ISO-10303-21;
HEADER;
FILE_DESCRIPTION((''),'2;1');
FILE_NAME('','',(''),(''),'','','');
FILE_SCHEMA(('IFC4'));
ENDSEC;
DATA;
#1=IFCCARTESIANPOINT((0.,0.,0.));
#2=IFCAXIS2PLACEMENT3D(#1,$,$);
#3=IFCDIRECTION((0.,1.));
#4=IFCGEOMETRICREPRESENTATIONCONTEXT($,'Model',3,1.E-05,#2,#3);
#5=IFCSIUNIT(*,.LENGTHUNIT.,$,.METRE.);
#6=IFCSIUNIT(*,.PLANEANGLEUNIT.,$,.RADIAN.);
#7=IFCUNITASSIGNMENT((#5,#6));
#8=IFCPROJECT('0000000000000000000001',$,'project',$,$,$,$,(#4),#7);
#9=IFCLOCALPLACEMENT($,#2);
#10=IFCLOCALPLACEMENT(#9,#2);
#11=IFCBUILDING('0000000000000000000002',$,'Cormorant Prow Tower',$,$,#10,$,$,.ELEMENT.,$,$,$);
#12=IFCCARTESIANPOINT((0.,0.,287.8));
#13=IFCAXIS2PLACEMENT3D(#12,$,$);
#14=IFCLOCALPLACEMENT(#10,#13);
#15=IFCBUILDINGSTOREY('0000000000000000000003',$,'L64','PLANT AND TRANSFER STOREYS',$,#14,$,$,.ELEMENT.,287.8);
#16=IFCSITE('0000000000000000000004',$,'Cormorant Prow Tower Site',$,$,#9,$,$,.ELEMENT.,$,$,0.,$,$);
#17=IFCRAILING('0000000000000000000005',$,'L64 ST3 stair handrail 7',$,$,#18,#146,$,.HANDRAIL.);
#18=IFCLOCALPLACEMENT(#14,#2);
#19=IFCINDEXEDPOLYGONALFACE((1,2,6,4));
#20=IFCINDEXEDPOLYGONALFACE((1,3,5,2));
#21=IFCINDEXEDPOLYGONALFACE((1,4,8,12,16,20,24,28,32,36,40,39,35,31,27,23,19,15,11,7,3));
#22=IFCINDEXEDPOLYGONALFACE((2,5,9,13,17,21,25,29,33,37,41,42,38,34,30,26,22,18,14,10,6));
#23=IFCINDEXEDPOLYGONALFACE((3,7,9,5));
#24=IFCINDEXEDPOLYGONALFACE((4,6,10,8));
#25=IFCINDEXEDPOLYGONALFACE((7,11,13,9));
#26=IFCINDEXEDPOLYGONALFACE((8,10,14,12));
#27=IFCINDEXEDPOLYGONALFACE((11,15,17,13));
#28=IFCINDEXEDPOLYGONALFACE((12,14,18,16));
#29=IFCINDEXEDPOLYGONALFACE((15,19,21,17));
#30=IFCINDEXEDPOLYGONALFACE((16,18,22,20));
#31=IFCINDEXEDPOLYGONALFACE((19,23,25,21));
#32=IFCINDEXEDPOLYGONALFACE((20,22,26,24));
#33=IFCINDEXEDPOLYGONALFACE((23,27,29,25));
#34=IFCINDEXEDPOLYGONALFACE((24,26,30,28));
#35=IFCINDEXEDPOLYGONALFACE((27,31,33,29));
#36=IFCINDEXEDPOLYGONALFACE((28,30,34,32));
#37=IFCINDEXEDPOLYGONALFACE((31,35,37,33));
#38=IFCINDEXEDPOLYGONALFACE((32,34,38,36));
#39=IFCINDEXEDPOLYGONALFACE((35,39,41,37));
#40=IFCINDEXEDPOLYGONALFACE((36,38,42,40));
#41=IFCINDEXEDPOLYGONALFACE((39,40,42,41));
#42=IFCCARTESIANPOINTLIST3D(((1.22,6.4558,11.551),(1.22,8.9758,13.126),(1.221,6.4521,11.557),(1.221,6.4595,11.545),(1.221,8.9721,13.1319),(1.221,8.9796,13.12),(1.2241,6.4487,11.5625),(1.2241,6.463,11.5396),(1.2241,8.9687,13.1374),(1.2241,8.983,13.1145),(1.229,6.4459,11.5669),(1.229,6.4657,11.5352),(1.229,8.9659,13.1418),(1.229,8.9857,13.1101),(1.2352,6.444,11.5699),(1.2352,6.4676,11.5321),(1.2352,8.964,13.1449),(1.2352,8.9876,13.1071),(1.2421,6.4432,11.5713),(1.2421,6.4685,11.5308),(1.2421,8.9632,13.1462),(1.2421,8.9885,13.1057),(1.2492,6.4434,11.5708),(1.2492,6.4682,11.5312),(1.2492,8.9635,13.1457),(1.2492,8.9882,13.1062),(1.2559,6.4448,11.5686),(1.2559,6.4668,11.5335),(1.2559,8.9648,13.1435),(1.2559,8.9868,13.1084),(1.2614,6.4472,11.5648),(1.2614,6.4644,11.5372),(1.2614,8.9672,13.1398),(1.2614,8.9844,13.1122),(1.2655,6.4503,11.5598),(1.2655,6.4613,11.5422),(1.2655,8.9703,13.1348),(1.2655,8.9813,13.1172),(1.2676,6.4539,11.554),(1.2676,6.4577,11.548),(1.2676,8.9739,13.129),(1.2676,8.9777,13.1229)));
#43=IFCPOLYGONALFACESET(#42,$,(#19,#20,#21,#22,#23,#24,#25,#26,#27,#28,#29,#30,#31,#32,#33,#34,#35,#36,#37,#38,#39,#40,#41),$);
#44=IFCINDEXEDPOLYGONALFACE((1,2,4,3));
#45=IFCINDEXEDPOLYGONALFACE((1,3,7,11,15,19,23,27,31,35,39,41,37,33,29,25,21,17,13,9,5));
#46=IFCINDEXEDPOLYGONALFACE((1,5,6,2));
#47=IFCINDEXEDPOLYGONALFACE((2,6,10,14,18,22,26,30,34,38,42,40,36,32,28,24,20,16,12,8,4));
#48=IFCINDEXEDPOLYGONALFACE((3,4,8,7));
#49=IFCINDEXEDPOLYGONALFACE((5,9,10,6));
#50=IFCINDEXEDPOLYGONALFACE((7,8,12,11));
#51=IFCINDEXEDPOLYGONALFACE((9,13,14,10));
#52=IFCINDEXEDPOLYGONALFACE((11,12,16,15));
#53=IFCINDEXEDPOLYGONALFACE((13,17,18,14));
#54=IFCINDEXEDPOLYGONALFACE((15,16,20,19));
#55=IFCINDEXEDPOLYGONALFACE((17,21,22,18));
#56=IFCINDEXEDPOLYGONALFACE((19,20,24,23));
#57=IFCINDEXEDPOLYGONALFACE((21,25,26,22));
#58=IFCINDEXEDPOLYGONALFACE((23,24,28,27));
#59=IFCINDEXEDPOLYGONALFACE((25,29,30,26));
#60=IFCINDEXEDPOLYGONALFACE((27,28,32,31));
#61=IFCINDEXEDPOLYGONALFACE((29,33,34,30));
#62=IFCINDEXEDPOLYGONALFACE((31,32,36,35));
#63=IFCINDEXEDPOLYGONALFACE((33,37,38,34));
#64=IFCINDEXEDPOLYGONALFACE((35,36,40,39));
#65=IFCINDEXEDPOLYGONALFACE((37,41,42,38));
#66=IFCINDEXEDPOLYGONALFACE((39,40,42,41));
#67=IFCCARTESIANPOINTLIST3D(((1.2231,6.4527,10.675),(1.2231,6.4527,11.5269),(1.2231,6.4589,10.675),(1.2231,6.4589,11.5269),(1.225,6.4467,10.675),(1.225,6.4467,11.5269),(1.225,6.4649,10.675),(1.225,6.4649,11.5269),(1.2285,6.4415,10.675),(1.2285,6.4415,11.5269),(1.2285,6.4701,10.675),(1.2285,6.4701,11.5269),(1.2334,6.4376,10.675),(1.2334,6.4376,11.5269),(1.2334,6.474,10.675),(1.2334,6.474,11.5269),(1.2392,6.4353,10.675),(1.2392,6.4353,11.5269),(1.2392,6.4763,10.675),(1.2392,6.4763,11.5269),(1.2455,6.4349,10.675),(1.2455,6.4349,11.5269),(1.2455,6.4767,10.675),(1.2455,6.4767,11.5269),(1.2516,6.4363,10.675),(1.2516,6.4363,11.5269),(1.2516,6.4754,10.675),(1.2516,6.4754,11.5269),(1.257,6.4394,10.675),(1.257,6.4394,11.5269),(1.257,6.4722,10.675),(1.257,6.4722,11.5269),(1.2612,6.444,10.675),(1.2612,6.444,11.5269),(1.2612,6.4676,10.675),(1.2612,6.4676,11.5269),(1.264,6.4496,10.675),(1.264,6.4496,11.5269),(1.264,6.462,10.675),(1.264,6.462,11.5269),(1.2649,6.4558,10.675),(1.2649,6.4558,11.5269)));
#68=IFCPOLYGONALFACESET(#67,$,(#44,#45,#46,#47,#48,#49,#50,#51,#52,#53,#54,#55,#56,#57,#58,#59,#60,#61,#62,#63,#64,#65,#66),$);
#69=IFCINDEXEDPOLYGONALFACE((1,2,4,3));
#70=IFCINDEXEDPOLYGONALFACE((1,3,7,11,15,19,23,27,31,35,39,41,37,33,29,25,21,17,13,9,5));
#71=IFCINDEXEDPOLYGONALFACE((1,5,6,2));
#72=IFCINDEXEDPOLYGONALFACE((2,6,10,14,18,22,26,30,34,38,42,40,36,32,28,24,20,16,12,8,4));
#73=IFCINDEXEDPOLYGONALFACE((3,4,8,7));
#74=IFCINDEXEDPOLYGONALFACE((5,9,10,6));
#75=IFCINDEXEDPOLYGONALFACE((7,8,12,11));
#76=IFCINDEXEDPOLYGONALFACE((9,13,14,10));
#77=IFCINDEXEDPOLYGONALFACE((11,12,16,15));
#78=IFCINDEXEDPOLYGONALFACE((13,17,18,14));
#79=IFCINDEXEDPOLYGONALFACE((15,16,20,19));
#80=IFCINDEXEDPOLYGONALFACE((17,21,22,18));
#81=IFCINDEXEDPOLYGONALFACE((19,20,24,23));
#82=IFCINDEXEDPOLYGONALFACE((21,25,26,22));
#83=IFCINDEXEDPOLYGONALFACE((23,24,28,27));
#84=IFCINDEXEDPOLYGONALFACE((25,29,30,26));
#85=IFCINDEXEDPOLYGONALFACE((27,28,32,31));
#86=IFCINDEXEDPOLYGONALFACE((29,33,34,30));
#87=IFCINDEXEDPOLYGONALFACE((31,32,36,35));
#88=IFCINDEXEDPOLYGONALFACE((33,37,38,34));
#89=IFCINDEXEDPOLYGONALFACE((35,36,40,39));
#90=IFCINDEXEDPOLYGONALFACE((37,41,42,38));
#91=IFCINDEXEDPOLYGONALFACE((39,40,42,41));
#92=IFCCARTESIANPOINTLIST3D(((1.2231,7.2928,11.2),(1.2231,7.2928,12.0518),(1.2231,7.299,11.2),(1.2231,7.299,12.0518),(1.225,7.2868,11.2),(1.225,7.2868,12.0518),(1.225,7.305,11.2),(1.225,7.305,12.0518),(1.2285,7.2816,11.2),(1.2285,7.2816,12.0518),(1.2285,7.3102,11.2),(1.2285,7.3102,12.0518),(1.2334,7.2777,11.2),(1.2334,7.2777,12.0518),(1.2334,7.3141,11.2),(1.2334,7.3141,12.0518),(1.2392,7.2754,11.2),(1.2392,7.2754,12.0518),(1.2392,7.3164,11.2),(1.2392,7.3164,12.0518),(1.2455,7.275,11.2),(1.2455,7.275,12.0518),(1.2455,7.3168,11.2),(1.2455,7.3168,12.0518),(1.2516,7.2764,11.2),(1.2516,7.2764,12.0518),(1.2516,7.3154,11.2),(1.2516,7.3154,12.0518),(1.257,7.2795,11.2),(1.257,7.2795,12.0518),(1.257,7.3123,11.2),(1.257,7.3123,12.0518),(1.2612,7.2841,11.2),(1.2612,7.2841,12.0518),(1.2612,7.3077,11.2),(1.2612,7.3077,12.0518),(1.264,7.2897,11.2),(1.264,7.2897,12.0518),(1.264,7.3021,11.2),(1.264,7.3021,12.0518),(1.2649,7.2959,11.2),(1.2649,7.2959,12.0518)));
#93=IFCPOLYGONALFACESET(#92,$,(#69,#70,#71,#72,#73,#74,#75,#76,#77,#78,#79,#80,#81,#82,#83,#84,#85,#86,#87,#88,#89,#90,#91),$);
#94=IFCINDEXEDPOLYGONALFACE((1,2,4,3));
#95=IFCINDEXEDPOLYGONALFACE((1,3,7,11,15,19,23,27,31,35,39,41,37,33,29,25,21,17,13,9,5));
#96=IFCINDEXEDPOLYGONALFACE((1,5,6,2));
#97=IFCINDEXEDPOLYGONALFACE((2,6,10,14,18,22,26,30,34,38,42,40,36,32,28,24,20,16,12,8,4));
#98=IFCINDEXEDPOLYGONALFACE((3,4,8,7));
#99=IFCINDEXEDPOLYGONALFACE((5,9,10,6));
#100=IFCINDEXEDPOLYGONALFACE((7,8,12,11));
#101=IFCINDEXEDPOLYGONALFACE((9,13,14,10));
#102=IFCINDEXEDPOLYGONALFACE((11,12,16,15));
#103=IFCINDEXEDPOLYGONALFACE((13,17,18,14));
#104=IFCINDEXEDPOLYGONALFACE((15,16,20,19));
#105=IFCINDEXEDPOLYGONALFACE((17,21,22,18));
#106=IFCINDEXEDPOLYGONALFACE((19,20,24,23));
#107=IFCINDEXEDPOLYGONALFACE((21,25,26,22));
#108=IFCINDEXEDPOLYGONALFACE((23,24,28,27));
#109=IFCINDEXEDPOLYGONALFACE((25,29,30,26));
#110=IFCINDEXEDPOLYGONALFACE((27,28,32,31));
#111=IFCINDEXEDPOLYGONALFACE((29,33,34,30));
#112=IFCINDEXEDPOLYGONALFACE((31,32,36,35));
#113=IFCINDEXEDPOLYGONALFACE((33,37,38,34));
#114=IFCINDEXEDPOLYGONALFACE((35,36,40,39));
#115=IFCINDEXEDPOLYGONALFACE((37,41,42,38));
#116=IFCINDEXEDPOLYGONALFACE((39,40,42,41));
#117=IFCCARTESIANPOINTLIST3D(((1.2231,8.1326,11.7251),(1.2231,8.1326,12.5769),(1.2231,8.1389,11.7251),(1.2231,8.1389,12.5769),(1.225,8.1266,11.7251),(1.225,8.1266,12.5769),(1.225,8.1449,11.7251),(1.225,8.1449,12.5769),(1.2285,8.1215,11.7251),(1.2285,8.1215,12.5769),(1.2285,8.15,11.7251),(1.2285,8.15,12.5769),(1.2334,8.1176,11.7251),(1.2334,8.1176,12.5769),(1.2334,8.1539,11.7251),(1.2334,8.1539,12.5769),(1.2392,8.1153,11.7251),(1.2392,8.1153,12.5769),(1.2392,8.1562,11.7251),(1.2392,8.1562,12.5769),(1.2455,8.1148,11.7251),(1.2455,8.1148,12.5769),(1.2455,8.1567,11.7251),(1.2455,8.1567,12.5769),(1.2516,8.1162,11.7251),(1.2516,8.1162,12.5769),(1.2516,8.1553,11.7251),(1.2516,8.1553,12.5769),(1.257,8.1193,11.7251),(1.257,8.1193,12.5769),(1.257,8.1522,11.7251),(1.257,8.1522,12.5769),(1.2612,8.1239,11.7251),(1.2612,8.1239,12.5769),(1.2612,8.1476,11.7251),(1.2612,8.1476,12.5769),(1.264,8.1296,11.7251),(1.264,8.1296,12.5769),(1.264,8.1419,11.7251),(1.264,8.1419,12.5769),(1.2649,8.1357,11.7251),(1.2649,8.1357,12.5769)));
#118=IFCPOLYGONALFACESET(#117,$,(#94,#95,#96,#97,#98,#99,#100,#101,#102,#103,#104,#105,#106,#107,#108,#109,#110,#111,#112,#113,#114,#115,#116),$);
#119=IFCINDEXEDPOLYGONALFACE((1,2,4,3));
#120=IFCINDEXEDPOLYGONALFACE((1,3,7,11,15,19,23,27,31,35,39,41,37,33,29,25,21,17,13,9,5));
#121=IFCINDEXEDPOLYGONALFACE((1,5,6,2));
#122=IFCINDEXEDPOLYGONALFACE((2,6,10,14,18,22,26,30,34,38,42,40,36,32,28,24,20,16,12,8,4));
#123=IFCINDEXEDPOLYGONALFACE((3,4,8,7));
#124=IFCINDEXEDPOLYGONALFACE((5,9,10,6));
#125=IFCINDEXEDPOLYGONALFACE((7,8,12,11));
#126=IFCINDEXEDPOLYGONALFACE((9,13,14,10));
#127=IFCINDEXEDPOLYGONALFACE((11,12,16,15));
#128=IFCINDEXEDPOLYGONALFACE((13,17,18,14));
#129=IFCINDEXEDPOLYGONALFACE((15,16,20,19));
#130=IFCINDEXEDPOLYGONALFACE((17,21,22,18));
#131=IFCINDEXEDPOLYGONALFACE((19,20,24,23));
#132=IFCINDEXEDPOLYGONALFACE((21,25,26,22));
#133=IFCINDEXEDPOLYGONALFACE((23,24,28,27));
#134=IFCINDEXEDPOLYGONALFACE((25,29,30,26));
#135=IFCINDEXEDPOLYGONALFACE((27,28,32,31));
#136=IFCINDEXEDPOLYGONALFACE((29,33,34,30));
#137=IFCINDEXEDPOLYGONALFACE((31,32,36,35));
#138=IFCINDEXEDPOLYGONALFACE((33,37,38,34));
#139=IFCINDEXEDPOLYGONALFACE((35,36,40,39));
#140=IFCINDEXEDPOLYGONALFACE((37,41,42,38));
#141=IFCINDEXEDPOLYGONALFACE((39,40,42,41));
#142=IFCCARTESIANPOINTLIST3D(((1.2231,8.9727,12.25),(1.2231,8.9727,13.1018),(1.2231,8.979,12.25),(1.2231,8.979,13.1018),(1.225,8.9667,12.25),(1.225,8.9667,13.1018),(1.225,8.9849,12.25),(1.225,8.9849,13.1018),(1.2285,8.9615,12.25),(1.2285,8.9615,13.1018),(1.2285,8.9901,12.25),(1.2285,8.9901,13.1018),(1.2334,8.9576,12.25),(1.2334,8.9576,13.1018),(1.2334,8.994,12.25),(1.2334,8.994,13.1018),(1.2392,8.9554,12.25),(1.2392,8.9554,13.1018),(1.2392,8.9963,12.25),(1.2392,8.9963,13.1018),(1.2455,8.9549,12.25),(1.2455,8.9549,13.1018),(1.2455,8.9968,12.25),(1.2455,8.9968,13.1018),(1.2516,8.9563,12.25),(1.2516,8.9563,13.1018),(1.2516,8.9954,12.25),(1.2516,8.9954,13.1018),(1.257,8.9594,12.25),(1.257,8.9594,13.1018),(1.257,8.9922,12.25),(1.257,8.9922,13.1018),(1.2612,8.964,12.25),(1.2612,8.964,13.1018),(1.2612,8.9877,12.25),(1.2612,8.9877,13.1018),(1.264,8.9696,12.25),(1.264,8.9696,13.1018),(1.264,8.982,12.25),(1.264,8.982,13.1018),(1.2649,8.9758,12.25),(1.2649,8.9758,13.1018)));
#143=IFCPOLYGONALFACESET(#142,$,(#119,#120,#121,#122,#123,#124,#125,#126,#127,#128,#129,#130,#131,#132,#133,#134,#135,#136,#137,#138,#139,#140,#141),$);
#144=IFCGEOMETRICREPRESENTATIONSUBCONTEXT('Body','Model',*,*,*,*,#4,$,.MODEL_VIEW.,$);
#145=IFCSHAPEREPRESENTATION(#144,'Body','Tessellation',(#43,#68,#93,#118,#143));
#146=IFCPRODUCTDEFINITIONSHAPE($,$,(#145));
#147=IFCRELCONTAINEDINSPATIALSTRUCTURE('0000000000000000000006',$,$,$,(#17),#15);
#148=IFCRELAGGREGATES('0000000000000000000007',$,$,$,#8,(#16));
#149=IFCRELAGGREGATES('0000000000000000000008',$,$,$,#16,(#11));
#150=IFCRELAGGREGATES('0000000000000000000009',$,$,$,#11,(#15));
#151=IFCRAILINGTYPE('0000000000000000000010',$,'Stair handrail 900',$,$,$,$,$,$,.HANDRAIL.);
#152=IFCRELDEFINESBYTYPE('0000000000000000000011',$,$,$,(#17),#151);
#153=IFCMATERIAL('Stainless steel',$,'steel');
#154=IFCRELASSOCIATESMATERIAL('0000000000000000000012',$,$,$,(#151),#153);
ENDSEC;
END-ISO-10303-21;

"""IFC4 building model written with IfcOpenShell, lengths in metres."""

from ifc_helpers import new_model, si_unit, direction, frame, origin, origin_2d, place, context, subcontext, project, spatial, circle, extrude, material, type_object, element, save


model = new_model("IFC4")

# Units and contexts
model_context = context("Model", 3, precision=1e-05, world=origin(), true_north=direction((0.0, 1.0)))
body_context = subcontext(model_context, "Body", "Model", "MODEL_VIEW")
ifc_project = project(units=[si_unit("LENGTHUNIT", "METRE"), si_unit("PLANEANGLEUNIT", "RADIAN")], contexts=[model_context])

# Site, building, storey
site_placement = place(None, origin())
site = spatial("IfcSite", under=ifc_project, at=site_placement, Name="Cormorant Prow Tower Site", CompositionType="ELEMENT", RefElevation=0.0)
building_placement = place(site_placement, origin())
building = spatial("IfcBuilding", under=site, at=building_placement, Name="Cormorant Prow Tower", CompositionType="ELEMENT")
storey_placement = place(building_placement, frame((0.0, 0.0, 287.8)))
storey = spatial("IfcBuildingStorey", under=building, at=storey_placement, Name="L64", Description="PLANT AND TRANSFER STOREYS", CompositionType="ELEMENT", Elevation=287.8)

# Railing
ifc_material_1 = material(Name="Stainless steel", Category="steel")
railing_type = type_object("IfcRailingType", Name="Stair handrail 900", PredefinedType="HANDRAIL", material=ifc_material_1)
for number, where, name in (
    (1, (1.2439, 6.4558, 10.675), "L64 ST3 stair handrail 7"),
):
    element("IfcRailing", number, at=place(storey_placement, frame(where)), inside=storey, type_object=railing_type, Name=name, PredefinedType="HANDRAIL", context=body_context, shape_type="SweptSolid", body=[
        extrude(circle(Radius=0.0239, at=origin_2d()), frame((0.0, 0.0, 0.876), z_axis=(0.0, 0.848008, 0.529984), x_axis=(-1.0, 0.0, 0.0)), (0.0, 0.0, 1.0), 2.9717),
        extrude(circle(Radius=0.021, at=origin_2d()), origin(), (0.0, 0.0, 1.0), 0.8518),
        extrude(circle(Radius=0.021, at=origin_2d()), frame((0.0, 0.8401, 0.5249)), (0.0, 0.0, 1.0), 0.8518),
        extrude(circle(Radius=0.021, at=origin_2d()), frame((0.0, 1.6799, 1.05)), (0.0, 0.0, 1.0), 0.8518),
        extrude(circle(Radius=0.021, at=origin_2d()), frame((0.0, 2.52, 1.575)), (0.0, 0.0, 1.0), 0.8518),
    ])

save(model, "model.ifc")
